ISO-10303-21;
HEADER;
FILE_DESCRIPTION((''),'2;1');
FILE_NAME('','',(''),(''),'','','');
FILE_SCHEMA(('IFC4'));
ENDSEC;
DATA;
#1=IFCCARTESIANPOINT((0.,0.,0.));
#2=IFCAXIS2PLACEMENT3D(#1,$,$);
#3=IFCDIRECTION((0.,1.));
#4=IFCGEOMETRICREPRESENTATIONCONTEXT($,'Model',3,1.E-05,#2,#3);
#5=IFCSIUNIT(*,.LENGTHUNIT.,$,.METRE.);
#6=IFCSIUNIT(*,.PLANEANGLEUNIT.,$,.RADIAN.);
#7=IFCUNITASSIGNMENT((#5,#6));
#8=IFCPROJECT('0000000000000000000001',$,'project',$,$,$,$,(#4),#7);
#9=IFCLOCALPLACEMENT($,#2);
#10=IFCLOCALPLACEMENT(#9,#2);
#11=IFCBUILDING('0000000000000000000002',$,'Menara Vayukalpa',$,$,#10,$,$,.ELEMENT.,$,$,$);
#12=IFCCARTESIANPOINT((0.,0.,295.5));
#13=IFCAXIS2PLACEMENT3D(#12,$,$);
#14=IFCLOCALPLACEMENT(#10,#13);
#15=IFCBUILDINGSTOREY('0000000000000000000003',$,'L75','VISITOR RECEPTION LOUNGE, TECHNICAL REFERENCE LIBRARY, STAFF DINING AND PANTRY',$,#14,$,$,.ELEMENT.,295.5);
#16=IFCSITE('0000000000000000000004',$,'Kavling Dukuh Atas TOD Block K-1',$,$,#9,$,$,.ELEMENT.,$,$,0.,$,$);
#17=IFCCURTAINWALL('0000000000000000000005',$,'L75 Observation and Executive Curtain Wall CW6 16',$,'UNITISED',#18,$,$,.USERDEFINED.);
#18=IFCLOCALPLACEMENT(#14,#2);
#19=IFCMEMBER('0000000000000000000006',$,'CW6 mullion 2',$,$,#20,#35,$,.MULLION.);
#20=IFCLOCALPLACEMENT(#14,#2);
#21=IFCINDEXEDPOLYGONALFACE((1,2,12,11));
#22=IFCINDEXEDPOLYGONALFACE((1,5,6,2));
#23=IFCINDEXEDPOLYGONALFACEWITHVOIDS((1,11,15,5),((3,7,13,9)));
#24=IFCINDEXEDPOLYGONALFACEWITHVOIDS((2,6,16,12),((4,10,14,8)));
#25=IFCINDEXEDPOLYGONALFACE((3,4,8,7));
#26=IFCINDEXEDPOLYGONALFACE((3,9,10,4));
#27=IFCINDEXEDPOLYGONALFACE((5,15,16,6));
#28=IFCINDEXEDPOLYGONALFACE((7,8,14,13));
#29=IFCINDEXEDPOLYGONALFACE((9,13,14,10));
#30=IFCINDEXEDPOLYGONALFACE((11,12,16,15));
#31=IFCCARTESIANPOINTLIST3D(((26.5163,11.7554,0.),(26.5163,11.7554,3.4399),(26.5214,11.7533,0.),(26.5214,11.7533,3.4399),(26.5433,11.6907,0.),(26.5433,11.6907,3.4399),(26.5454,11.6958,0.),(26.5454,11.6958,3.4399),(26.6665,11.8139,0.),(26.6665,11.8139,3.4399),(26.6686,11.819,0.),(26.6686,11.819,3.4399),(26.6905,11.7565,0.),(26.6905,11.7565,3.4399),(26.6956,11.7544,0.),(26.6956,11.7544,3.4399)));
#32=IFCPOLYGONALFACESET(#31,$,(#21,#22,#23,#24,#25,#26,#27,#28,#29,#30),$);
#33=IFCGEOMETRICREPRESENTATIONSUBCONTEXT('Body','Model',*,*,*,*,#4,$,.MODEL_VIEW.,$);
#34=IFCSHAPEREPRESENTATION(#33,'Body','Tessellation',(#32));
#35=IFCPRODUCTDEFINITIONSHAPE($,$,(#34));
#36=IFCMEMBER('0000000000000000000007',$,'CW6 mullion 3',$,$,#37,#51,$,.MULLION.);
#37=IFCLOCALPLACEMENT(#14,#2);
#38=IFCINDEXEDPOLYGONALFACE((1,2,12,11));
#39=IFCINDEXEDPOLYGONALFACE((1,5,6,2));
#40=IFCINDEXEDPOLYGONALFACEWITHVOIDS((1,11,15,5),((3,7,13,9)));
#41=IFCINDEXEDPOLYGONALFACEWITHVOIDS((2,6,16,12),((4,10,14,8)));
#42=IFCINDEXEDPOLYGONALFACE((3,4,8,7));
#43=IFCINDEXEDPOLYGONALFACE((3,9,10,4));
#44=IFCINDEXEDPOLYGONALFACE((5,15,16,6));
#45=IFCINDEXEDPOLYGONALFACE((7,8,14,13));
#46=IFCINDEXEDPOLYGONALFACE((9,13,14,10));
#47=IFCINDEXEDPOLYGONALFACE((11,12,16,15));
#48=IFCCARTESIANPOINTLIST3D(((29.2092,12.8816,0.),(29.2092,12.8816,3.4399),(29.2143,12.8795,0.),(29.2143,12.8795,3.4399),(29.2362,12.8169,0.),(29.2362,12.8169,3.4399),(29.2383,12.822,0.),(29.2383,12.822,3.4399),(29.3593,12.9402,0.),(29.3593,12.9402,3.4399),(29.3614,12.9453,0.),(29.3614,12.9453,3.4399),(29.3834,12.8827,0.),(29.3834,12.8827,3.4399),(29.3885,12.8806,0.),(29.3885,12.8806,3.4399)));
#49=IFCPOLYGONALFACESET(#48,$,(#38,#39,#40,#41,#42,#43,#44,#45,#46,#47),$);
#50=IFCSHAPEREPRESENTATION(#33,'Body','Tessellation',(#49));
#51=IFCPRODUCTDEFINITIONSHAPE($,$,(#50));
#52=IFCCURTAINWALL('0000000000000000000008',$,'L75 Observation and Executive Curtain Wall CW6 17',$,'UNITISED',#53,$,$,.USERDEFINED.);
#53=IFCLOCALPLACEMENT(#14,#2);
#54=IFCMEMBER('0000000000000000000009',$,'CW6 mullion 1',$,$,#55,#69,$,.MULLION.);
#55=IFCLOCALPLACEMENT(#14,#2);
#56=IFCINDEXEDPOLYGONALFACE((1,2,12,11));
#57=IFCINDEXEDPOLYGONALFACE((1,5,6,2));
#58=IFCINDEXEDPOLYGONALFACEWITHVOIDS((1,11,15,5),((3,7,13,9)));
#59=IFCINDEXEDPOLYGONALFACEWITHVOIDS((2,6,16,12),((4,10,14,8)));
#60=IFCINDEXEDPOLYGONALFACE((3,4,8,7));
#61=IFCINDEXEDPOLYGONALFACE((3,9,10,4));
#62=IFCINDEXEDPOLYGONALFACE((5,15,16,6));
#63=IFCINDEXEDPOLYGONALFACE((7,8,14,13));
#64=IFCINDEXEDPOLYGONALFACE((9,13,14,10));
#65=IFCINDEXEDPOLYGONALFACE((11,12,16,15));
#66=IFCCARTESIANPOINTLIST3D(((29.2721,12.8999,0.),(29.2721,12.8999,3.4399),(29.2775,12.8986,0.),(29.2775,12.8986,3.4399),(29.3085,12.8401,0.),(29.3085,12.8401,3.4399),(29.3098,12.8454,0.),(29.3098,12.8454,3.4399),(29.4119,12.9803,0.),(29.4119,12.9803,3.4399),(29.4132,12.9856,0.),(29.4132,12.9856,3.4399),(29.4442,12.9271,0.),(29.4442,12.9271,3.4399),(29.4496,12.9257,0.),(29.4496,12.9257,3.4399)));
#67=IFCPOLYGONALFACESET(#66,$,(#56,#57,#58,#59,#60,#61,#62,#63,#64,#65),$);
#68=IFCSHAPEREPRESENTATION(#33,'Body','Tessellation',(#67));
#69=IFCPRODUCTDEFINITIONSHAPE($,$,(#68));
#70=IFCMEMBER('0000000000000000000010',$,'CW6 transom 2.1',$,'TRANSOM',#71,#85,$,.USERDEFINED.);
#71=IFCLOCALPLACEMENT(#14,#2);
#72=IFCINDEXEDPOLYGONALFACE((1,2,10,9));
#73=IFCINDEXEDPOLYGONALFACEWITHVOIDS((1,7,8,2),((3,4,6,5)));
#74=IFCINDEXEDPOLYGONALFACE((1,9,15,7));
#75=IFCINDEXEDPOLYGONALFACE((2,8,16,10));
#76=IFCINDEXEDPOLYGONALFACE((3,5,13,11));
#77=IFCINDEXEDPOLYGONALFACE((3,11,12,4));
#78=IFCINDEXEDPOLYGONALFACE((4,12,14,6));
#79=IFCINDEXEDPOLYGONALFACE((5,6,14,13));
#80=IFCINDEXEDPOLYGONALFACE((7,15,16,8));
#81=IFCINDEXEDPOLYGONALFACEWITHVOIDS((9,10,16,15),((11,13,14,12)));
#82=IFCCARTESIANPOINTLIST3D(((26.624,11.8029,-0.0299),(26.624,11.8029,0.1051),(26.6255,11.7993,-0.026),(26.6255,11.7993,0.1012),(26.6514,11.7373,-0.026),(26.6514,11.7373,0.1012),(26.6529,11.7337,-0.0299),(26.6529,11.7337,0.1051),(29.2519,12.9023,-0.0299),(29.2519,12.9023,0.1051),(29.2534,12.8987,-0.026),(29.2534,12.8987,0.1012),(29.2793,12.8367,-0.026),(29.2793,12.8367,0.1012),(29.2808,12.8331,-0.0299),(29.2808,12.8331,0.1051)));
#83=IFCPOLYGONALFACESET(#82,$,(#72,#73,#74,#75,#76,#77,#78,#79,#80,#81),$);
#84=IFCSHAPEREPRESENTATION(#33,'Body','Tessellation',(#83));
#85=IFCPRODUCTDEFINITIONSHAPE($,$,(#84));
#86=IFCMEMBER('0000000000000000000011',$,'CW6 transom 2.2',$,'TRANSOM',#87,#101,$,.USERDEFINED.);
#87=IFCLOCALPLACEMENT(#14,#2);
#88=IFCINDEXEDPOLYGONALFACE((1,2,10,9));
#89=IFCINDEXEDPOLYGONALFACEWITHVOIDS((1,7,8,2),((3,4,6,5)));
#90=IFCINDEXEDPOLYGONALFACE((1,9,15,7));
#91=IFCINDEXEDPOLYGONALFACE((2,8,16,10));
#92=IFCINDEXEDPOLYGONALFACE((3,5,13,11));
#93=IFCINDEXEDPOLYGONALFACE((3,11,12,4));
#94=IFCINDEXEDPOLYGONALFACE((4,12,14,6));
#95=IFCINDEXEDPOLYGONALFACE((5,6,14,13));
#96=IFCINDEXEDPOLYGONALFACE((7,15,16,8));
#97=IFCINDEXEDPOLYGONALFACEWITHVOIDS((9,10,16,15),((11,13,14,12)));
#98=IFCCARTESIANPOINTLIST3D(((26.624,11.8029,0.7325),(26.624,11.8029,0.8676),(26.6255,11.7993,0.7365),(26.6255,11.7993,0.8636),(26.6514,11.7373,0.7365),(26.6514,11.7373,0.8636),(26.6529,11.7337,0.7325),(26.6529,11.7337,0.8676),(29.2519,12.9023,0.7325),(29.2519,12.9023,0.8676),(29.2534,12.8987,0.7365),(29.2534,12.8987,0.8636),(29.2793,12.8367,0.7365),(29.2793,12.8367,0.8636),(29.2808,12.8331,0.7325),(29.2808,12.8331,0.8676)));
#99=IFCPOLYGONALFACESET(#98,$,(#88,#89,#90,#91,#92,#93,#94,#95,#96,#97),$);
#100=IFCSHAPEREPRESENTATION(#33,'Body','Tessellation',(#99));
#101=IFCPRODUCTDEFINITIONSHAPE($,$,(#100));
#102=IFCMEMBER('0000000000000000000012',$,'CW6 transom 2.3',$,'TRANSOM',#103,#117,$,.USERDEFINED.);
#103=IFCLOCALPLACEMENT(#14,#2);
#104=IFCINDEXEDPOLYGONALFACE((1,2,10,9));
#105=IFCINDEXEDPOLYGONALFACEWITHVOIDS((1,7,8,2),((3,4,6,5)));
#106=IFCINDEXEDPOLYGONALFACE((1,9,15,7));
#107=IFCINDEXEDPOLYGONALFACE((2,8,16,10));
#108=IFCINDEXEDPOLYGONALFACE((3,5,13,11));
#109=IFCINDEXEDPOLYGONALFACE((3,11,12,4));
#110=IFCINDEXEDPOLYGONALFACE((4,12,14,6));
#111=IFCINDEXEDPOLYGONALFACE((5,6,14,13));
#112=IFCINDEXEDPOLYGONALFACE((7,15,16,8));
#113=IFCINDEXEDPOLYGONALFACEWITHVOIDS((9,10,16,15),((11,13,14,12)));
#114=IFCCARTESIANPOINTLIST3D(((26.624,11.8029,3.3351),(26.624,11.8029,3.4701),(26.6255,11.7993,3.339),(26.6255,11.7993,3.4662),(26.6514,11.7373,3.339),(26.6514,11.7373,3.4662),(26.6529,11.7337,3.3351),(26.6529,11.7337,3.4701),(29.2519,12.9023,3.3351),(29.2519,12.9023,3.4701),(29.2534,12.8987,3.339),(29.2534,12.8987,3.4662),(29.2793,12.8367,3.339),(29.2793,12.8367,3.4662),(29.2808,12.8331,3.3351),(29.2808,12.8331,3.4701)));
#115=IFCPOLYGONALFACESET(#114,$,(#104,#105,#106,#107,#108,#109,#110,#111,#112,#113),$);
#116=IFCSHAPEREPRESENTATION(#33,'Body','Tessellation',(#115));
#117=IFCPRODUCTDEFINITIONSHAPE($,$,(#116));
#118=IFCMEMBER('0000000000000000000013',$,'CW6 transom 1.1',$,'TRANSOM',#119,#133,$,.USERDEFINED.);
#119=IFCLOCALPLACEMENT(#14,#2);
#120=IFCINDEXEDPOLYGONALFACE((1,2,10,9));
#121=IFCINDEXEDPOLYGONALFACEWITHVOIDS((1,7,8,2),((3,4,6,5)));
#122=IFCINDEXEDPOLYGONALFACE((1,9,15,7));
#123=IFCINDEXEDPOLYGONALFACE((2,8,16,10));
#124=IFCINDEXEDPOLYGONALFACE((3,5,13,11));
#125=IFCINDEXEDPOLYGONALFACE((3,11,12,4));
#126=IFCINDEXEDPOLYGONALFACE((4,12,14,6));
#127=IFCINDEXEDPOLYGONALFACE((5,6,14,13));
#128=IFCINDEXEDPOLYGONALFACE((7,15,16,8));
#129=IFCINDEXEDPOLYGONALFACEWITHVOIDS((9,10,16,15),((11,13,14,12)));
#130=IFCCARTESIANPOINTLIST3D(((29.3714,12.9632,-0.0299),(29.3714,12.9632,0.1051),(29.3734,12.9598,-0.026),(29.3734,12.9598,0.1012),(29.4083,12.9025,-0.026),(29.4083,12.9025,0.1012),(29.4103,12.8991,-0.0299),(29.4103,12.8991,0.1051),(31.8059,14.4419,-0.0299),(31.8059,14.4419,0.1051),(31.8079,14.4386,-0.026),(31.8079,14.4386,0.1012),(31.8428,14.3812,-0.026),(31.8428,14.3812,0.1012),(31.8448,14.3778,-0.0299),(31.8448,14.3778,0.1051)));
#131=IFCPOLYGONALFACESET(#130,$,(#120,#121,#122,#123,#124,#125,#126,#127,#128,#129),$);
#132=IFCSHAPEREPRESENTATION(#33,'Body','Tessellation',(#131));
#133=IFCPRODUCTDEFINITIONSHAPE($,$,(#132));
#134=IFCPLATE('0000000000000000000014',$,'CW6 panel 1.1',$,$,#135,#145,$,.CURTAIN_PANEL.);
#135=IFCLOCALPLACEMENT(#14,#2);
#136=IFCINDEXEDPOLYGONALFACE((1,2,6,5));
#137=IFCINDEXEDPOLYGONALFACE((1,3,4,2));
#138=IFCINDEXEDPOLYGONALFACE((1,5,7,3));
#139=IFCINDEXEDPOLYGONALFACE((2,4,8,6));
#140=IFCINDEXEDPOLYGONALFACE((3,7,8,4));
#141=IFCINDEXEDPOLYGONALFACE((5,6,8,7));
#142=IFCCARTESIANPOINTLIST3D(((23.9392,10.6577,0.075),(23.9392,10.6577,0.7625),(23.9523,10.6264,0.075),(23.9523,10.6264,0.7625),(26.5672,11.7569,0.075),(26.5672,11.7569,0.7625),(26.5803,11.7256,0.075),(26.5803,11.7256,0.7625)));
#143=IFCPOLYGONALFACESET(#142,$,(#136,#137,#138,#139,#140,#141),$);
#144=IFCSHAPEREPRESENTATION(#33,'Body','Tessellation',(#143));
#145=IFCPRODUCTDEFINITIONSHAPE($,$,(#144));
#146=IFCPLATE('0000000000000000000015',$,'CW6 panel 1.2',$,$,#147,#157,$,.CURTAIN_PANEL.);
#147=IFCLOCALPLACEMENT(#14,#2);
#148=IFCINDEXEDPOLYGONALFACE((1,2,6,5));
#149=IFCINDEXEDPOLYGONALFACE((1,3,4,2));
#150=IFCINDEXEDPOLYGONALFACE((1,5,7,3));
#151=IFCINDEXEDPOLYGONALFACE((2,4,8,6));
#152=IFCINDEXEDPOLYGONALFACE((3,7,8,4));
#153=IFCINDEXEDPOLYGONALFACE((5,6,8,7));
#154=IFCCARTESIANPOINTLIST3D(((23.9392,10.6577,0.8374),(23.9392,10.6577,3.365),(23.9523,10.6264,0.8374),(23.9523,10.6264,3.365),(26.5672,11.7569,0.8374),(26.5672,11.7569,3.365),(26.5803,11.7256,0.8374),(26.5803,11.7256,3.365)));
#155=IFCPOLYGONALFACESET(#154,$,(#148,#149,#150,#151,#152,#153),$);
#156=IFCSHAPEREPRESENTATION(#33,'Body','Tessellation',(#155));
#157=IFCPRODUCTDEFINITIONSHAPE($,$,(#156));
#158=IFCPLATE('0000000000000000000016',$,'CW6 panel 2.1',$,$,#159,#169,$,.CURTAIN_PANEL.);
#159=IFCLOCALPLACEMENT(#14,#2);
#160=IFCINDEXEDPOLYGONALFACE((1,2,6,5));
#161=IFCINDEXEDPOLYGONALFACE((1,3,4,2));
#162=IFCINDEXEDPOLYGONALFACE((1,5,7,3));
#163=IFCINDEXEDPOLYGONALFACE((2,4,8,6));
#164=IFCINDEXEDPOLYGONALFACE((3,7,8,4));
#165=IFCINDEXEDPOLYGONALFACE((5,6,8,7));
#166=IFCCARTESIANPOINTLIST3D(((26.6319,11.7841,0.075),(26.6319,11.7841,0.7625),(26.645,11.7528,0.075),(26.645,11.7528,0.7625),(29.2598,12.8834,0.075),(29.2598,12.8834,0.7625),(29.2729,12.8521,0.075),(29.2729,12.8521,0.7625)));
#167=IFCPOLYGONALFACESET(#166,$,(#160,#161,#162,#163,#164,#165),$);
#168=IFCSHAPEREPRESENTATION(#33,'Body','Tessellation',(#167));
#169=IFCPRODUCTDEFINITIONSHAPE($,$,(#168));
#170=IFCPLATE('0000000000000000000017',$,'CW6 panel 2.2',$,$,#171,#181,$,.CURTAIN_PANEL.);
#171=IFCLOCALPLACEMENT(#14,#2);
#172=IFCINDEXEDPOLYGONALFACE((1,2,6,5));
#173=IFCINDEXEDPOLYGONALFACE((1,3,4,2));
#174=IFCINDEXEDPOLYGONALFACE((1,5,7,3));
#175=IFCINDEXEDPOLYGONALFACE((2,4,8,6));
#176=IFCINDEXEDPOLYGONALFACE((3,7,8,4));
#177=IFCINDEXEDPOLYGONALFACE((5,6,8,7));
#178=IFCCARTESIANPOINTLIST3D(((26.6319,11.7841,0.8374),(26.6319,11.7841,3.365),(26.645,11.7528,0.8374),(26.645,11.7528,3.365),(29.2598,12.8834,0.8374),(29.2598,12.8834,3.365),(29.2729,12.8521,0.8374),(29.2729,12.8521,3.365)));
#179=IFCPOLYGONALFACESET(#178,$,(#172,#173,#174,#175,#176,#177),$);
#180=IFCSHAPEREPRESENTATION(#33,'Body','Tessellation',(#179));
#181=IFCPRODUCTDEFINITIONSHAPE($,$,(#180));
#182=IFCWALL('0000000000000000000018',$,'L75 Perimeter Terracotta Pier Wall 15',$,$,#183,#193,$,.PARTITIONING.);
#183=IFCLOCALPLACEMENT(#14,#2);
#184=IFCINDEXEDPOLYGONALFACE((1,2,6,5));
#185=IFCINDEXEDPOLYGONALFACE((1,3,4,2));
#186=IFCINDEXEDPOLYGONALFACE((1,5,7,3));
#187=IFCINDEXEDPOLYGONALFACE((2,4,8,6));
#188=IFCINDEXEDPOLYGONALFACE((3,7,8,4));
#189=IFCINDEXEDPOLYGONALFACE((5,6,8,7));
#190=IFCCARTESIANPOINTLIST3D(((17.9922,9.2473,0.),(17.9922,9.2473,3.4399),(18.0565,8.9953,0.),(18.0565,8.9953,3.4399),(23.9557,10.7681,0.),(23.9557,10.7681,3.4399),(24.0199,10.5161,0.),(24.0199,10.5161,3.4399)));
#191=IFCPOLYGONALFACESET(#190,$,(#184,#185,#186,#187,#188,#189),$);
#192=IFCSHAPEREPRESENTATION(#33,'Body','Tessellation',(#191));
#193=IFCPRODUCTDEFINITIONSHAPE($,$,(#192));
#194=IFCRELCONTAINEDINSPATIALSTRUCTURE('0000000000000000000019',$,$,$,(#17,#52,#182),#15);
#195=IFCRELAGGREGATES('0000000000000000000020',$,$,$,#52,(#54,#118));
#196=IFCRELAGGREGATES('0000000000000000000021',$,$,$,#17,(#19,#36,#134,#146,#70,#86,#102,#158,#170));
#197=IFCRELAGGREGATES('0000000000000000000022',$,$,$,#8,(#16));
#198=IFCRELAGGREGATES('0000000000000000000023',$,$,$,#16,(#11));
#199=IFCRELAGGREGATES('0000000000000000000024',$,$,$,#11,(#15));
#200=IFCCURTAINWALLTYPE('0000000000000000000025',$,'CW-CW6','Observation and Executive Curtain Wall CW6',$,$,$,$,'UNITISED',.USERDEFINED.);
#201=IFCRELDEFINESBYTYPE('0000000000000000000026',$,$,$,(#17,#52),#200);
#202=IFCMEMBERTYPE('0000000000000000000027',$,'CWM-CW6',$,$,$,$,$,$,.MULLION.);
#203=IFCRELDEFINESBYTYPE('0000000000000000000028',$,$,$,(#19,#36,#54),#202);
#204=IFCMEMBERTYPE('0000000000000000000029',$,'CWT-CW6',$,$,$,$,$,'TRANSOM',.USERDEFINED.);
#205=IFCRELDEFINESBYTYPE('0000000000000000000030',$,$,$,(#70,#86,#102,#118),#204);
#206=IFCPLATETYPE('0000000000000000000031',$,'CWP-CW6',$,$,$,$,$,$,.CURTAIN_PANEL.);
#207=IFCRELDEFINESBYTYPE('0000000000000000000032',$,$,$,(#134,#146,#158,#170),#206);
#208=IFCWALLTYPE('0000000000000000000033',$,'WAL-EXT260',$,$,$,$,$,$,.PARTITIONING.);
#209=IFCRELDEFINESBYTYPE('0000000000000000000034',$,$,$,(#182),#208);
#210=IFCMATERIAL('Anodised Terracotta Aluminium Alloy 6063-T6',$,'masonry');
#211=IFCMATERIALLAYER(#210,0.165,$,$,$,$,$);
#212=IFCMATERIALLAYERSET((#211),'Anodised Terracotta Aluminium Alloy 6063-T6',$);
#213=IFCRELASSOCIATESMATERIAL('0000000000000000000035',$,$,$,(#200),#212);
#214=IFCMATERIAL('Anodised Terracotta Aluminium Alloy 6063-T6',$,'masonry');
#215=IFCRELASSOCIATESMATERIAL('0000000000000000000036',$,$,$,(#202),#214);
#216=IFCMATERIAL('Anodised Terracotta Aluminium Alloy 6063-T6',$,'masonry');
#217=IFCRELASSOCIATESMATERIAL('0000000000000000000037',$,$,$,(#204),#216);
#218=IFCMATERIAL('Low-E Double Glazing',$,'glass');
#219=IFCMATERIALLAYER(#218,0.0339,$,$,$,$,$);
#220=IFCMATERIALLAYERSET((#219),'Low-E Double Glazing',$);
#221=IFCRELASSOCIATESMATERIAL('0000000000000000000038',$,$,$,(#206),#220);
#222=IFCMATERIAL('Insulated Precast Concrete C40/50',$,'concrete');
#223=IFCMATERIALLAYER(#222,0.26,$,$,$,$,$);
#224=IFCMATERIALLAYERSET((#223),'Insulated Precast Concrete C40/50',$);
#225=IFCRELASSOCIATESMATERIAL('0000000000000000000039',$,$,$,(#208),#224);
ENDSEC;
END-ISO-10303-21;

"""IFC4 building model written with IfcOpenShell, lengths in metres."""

from ifc_helpers import new_model, si_unit, direction, frame, frame_2d, origin, origin_2d, place, context, subcontext, project, spatial, rectangle, hollow_rectangle, extrude, material, layer, layer_set, material_profile, profile_set, type_object, element, aggregate, save


model = new_model("IFC4")

# Units and contexts
model_context = context("Model", 3, precision=1e-05, world=origin(), true_north=direction((0.0, 1.0)))
body_context = subcontext(model_context, "Body", "Model", "MODEL_VIEW")
ifc_project = project(units=[si_unit("LENGTHUNIT", "METRE"), si_unit("PLANEANGLEUNIT", "RADIAN")], contexts=[model_context])

# Site, building, storey
site_placement = place(None, origin())
site = spatial("IfcSite", under=ifc_project, at=site_placement, Name="Kavling Dukuh Atas TOD Block K-1", CompositionType="ELEMENT", RefElevation=0.0)
building_placement = place(site_placement, origin())
building = spatial("IfcBuilding", under=site, at=building_placement, Name="Menara Vayukalpa", CompositionType="ELEMENT")
storey_placement = place(building_placement, frame((0.0, 0.0, 295.5)))
storey = spatial("IfcBuildingStorey", under=building, at=storey_placement, Name="L75", Description="VISITOR RECEPTION LOUNGE, TECHNICAL REFERENCE LIBRARY, STAFF DINING AND PANTRY", CompositionType="ELEMENT", Elevation=295.5)

# Curtain wall, members
ifc_material_1 = material(Name="Anodised Terracotta Aluminium Alloy 6063-T6", Category="masonry")
ifc_layer_1 = layer(ifc_material_1, 0.165)
ifc_layer_set_1 = layer_set([ifc_layer_1], Name="Anodised Terracotta Aluminium Alloy 6063-T6")
curtain_wall_type = type_object("IfcCurtainWallType", Name="CW-CW6", Description="Observation and Executive Curtain Wall CW6", ElementType="UNITISED", PredefinedType="USERDEFINED", material=ifc_layer_set_1)
curtain_wall_1_placement = place(storey_placement, origin())
curtain_wall_1 = element("IfcCurtainWall", 1, at=curtain_wall_1_placement, inside=storey, type_object=curtain_wall_type, Name="L75 Observation and Executive Curtain Wall CW6 16", ObjectType="UNITISED", PredefinedType="USERDEFINED")
ifc_material_2 = material(Name="Anodised Terracotta Aluminium Alloy 6063-T6", Category="masonry")
ifc_material_profile_1 = material_profile(ifc_material_2, hollow_rectangle(XDim=0.0701, YDim=0.165, WallThickness=0.0039, at=origin_2d()), Name="ALU 70x165x4")
ifc_profile_set_1 = profile_set([ifc_material_profile_1], Name="Anodised Terracotta Aluminium Alloy 6063-T6")
member_type_1 = type_object("IfcMemberType", Name="CWM-CW6", PredefinedType="MULLION", material=ifc_profile_set_1)
member_1_placement = place(storey_placement, frame((26.606, 11.7549, 0.0), z_axis=(0.0, 0.0, 1.0), x_axis=(-0.3859, 0.922541, 0.0)))
member_1 = element("IfcMember", 2, at=member_1_placement, type_object=member_type_1, Name="CW6 mullion 2", PredefinedType="MULLION", context=body_context, shape_type="SweptSolid", body=[
    extrude(hollow_rectangle(XDim=0.0701, YDim=0.165, WallThickness=0.0039, at=origin_2d()), origin(), (0.0, 0.0, 1.0), 3.4399),
])
member_2_placement = place(storey_placement, frame((29.2988, 12.8811, 0.0), z_axis=(0.0, 0.0, 1.0), x_axis=(-0.3859, 0.922541, 0.0)))
member_2 = element("IfcMember", 3, at=member_2_placement, type_object=member_type_1, Name="CW6 mullion 3", PredefinedType="MULLION", context=body_context, shape_type="SweptSolid", body=[
    extrude(hollow_rectangle(XDim=0.0701, YDim=0.165, WallThickness=0.0039, at=origin_2d()), origin(), (0.0, 0.0, 1.0), 3.4399),
])

# Curtain wall, member
curtain_wall_2_placement = place(storey_placement, origin())
curtain_wall_2 = element("IfcCurtainWall", 4, at=curtain_wall_2_placement, inside=storey, type_object=curtain_wall_type, Name="L75 Observation and Executive Curtain Wall CW6 17", ObjectType="UNITISED", PredefinedType="USERDEFINED")
member_3_placement = place(storey_placement, frame((29.3608, 12.9128, 0.0), z_axis=(0.0, 0.0, 1.0), x_axis=(-0.519176, 0.854668, 0.0)))
member_3 = element("IfcMember", 5, at=member_3_placement, type_object=member_type_1, Name="CW6 mullion 1", PredefinedType="MULLION", context=body_context, shape_type="SweptSolid", body=[
    extrude(hollow_rectangle(XDim=0.0701, YDim=0.165, WallThickness=0.0039, at=origin_2d()), origin(), (0.0, 0.0, 1.0), 3.4399),
])

# Members
ifc_material_3 = material(Name="Anodised Terracotta Aluminium Alloy 6063-T6", Category="masonry")
ifc_material_profile_2 = material_profile(ifc_material_3, hollow_rectangle(XDim=0.075, YDim=0.135, WallThickness=0.0039, at=origin_2d()), Name="ALU 75x135x4")
ifc_profile_set_2 = profile_set([ifc_material_profile_2], Name="Anodised Terracotta Aluminium Alloy 6063-T6")
member_type_2 = type_object("IfcMemberType", Name="CWT-CW6", ElementType="TRANSOM", PredefinedType="USERDEFINED", material=ifc_profile_set_2)
member_4_placement = place(storey_placement, frame((26.6384, 11.7683, 0.0376), z_axis=(0.922528, 0.385929, 0.0), x_axis=(-0.385929, 0.922528, 0.0)))
member_4 = element("IfcMember", 6, at=member_4_placement, type_object=member_type_2, Name="CW6 transom 2.1", ObjectType="TRANSOM", PredefinedType="USERDEFINED", context=body_context, shape_type="SweptSolid", body=[
    extrude(hollow_rectangle(XDim=0.075, YDim=0.135, WallThickness=0.0039, at=origin_2d()), origin(), (0.0, 0.0, 1.0), 2.8486),
])
member_5_placement = place(storey_placement, frame((26.6384, 11.7683, 0.8), z_axis=(0.922528, 0.385929, 0.0), x_axis=(-0.385929, 0.922528, 0.0)))
member_5 = element("IfcMember", 7, at=member_5_placement, type_object=member_type_2, Name="CW6 transom 2.2", ObjectType="TRANSOM", PredefinedType="USERDEFINED", context=body_context, shape_type="SweptSolid", body=[
    extrude(hollow_rectangle(XDim=0.075, YDim=0.135, WallThickness=0.0039, at=origin_2d()), origin(), (0.0, 0.0, 1.0), 2.8486),
])
member_6_placement = place(storey_placement, frame((26.6384, 11.7683, 3.4026), z_axis=(0.922528, 0.385929, 0.0), x_axis=(-0.385929, 0.922528, 0.0)))
member_6 = element("IfcMember", 8, at=member_6_placement, type_object=member_type_2, Name="CW6 transom 2.3", ObjectType="TRANSOM", PredefinedType="USERDEFINED", context=body_context, shape_type="SweptSolid", body=[
    extrude(hollow_rectangle(XDim=0.075, YDim=0.135, WallThickness=0.0039, at=origin_2d()), origin(), (0.0, 0.0, 1.0), 2.8486),
])
member_7_placement = place(storey_placement, frame((29.3909, 12.9312, 0.0376), z_axis=(0.85469, 0.519139, 0.0), x_axis=(-0.519139, 0.85469, 0.0)))
member_7 = element("IfcMember", 9, at=member_7_placement, type_object=member_type_2, Name="CW6 transom 1.1", ObjectType="TRANSOM", PredefinedType="USERDEFINED", context=body_context, shape_type="SweptSolid", body=[
    extrude(hollow_rectangle(XDim=0.075, YDim=0.135, WallThickness=0.0039, at=origin_2d()), origin(), (0.0, 0.0, 1.0), 2.8484),
])
aggregate(curtain_wall_2, [member_3, member_7])

# Plates
ifc_material_4 = material(Name="Low-E Double Glazing", Category="glass")
ifc_layer_2 = layer(ifc_material_4, 0.0339)
ifc_layer_set_2 = layer_set([ifc_layer_2], Name="Low-E Double Glazing")
plate_type = type_object("IfcPlateType", Name="CWP-CW6", PredefinedType="CURTAIN_PANEL", material=ifc_layer_set_2)
plate_1_placement = place(storey_placement, frame((25.2598, 11.1917, 0.075), z_axis=(0.0, 0.0, 1.0), x_axis=(0.922541, 0.3859, 0.0)))
plate_1 = element("IfcPlate", 10, at=plate_1_placement, type_object=plate_type, Name="CW6 panel 1.1", PredefinedType="CURTAIN_PANEL", context=body_context, shape_type="SweptSolid", body=[
    extrude(rectangle(XDim=2.8486, YDim=0.0339, at=origin_2d()), origin(), (0.0, 0.0, 1.0), 0.6875),
])
plate_2_placement = place(storey_placement, frame((25.2598, 11.1917, 0.8374), z_axis=(0.0, 0.0, 1.0), x_axis=(0.922541, 0.3859, 0.0)))
plate_2 = element("IfcPlate", 11, at=plate_2_placement, type_object=plate_type, Name="CW6 panel 1.2", PredefinedType="CURTAIN_PANEL", context=body_context, shape_type="SweptSolid", body=[
    extrude(rectangle(XDim=2.8486, YDim=0.0339, at=origin_2d()), origin(), (0.0, 0.0, 1.0), 2.5276),
])
plate_3_placement = place(storey_placement, frame((27.9524, 12.3181, 0.075), z_axis=(0.0, 0.0, 1.0), x_axis=(0.922541, 0.3859, 0.0)))
plate_3 = element("IfcPlate", 12, at=plate_3_placement, type_object=plate_type, Name="CW6 panel 2.1", PredefinedType="CURTAIN_PANEL", context=body_context, shape_type="SweptSolid", body=[
    extrude(rectangle(XDim=2.8486, YDim=0.0339, at=origin_2d()), origin(), (0.0, 0.0, 1.0), 0.6875),
])
plate_4_placement = place(storey_placement, frame((27.9524, 12.3181, 0.8374), z_axis=(0.0, 0.0, 1.0), x_axis=(0.922541, 0.3859, 0.0)))
plate_4 = element("IfcPlate", 13, at=plate_4_placement, type_object=plate_type, Name="CW6 panel 2.2", PredefinedType="CURTAIN_PANEL", context=body_context, shape_type="SweptSolid", body=[
    extrude(rectangle(XDim=2.8486, YDim=0.0339, at=origin_2d()), origin(), (0.0, 0.0, 1.0), 2.5276),
])
aggregate(curtain_wall_1, [member_1, member_2, plate_1, plate_2, member_4, member_5, member_6, plate_3, plate_4])

# Wall
ifc_material_5 = material(Name="Insulated Precast Concrete C40/50", Category="concrete")
ifc_layer_3 = layer(ifc_material_5, 0.26)
ifc_layer_set_3 = layer_set([ifc_layer_3], Name="Insulated Precast Concrete C40/50")
wall_type_1 = type_object("IfcWallType", Name="WAL-EXT260", PredefinedType="PARTITIONING", material=ifc_layer_set_3)
wall_1_placement = place(storey_placement, frame((23.9878, 10.6421, 0.0), z_axis=(0.0, 0.0, 1.0), x_axis=(-0.968988, -0.247107, 0.0)))
element("IfcWall", 14, at=wall_1_placement, inside=storey, type_object=wall_type_1, Name="L75 Perimeter Terracotta Pier Wall 15", PredefinedType="PARTITIONING", context=body_context, shape_type="SweptSolid", body=[
    extrude(rectangle(XDim=6.1543, YDim=0.26, at=frame_2d((3.0771, 0.0))), origin(), (0.0, 0.0, 1.0), 3.4399),
])

save(model, "model.ifc")
